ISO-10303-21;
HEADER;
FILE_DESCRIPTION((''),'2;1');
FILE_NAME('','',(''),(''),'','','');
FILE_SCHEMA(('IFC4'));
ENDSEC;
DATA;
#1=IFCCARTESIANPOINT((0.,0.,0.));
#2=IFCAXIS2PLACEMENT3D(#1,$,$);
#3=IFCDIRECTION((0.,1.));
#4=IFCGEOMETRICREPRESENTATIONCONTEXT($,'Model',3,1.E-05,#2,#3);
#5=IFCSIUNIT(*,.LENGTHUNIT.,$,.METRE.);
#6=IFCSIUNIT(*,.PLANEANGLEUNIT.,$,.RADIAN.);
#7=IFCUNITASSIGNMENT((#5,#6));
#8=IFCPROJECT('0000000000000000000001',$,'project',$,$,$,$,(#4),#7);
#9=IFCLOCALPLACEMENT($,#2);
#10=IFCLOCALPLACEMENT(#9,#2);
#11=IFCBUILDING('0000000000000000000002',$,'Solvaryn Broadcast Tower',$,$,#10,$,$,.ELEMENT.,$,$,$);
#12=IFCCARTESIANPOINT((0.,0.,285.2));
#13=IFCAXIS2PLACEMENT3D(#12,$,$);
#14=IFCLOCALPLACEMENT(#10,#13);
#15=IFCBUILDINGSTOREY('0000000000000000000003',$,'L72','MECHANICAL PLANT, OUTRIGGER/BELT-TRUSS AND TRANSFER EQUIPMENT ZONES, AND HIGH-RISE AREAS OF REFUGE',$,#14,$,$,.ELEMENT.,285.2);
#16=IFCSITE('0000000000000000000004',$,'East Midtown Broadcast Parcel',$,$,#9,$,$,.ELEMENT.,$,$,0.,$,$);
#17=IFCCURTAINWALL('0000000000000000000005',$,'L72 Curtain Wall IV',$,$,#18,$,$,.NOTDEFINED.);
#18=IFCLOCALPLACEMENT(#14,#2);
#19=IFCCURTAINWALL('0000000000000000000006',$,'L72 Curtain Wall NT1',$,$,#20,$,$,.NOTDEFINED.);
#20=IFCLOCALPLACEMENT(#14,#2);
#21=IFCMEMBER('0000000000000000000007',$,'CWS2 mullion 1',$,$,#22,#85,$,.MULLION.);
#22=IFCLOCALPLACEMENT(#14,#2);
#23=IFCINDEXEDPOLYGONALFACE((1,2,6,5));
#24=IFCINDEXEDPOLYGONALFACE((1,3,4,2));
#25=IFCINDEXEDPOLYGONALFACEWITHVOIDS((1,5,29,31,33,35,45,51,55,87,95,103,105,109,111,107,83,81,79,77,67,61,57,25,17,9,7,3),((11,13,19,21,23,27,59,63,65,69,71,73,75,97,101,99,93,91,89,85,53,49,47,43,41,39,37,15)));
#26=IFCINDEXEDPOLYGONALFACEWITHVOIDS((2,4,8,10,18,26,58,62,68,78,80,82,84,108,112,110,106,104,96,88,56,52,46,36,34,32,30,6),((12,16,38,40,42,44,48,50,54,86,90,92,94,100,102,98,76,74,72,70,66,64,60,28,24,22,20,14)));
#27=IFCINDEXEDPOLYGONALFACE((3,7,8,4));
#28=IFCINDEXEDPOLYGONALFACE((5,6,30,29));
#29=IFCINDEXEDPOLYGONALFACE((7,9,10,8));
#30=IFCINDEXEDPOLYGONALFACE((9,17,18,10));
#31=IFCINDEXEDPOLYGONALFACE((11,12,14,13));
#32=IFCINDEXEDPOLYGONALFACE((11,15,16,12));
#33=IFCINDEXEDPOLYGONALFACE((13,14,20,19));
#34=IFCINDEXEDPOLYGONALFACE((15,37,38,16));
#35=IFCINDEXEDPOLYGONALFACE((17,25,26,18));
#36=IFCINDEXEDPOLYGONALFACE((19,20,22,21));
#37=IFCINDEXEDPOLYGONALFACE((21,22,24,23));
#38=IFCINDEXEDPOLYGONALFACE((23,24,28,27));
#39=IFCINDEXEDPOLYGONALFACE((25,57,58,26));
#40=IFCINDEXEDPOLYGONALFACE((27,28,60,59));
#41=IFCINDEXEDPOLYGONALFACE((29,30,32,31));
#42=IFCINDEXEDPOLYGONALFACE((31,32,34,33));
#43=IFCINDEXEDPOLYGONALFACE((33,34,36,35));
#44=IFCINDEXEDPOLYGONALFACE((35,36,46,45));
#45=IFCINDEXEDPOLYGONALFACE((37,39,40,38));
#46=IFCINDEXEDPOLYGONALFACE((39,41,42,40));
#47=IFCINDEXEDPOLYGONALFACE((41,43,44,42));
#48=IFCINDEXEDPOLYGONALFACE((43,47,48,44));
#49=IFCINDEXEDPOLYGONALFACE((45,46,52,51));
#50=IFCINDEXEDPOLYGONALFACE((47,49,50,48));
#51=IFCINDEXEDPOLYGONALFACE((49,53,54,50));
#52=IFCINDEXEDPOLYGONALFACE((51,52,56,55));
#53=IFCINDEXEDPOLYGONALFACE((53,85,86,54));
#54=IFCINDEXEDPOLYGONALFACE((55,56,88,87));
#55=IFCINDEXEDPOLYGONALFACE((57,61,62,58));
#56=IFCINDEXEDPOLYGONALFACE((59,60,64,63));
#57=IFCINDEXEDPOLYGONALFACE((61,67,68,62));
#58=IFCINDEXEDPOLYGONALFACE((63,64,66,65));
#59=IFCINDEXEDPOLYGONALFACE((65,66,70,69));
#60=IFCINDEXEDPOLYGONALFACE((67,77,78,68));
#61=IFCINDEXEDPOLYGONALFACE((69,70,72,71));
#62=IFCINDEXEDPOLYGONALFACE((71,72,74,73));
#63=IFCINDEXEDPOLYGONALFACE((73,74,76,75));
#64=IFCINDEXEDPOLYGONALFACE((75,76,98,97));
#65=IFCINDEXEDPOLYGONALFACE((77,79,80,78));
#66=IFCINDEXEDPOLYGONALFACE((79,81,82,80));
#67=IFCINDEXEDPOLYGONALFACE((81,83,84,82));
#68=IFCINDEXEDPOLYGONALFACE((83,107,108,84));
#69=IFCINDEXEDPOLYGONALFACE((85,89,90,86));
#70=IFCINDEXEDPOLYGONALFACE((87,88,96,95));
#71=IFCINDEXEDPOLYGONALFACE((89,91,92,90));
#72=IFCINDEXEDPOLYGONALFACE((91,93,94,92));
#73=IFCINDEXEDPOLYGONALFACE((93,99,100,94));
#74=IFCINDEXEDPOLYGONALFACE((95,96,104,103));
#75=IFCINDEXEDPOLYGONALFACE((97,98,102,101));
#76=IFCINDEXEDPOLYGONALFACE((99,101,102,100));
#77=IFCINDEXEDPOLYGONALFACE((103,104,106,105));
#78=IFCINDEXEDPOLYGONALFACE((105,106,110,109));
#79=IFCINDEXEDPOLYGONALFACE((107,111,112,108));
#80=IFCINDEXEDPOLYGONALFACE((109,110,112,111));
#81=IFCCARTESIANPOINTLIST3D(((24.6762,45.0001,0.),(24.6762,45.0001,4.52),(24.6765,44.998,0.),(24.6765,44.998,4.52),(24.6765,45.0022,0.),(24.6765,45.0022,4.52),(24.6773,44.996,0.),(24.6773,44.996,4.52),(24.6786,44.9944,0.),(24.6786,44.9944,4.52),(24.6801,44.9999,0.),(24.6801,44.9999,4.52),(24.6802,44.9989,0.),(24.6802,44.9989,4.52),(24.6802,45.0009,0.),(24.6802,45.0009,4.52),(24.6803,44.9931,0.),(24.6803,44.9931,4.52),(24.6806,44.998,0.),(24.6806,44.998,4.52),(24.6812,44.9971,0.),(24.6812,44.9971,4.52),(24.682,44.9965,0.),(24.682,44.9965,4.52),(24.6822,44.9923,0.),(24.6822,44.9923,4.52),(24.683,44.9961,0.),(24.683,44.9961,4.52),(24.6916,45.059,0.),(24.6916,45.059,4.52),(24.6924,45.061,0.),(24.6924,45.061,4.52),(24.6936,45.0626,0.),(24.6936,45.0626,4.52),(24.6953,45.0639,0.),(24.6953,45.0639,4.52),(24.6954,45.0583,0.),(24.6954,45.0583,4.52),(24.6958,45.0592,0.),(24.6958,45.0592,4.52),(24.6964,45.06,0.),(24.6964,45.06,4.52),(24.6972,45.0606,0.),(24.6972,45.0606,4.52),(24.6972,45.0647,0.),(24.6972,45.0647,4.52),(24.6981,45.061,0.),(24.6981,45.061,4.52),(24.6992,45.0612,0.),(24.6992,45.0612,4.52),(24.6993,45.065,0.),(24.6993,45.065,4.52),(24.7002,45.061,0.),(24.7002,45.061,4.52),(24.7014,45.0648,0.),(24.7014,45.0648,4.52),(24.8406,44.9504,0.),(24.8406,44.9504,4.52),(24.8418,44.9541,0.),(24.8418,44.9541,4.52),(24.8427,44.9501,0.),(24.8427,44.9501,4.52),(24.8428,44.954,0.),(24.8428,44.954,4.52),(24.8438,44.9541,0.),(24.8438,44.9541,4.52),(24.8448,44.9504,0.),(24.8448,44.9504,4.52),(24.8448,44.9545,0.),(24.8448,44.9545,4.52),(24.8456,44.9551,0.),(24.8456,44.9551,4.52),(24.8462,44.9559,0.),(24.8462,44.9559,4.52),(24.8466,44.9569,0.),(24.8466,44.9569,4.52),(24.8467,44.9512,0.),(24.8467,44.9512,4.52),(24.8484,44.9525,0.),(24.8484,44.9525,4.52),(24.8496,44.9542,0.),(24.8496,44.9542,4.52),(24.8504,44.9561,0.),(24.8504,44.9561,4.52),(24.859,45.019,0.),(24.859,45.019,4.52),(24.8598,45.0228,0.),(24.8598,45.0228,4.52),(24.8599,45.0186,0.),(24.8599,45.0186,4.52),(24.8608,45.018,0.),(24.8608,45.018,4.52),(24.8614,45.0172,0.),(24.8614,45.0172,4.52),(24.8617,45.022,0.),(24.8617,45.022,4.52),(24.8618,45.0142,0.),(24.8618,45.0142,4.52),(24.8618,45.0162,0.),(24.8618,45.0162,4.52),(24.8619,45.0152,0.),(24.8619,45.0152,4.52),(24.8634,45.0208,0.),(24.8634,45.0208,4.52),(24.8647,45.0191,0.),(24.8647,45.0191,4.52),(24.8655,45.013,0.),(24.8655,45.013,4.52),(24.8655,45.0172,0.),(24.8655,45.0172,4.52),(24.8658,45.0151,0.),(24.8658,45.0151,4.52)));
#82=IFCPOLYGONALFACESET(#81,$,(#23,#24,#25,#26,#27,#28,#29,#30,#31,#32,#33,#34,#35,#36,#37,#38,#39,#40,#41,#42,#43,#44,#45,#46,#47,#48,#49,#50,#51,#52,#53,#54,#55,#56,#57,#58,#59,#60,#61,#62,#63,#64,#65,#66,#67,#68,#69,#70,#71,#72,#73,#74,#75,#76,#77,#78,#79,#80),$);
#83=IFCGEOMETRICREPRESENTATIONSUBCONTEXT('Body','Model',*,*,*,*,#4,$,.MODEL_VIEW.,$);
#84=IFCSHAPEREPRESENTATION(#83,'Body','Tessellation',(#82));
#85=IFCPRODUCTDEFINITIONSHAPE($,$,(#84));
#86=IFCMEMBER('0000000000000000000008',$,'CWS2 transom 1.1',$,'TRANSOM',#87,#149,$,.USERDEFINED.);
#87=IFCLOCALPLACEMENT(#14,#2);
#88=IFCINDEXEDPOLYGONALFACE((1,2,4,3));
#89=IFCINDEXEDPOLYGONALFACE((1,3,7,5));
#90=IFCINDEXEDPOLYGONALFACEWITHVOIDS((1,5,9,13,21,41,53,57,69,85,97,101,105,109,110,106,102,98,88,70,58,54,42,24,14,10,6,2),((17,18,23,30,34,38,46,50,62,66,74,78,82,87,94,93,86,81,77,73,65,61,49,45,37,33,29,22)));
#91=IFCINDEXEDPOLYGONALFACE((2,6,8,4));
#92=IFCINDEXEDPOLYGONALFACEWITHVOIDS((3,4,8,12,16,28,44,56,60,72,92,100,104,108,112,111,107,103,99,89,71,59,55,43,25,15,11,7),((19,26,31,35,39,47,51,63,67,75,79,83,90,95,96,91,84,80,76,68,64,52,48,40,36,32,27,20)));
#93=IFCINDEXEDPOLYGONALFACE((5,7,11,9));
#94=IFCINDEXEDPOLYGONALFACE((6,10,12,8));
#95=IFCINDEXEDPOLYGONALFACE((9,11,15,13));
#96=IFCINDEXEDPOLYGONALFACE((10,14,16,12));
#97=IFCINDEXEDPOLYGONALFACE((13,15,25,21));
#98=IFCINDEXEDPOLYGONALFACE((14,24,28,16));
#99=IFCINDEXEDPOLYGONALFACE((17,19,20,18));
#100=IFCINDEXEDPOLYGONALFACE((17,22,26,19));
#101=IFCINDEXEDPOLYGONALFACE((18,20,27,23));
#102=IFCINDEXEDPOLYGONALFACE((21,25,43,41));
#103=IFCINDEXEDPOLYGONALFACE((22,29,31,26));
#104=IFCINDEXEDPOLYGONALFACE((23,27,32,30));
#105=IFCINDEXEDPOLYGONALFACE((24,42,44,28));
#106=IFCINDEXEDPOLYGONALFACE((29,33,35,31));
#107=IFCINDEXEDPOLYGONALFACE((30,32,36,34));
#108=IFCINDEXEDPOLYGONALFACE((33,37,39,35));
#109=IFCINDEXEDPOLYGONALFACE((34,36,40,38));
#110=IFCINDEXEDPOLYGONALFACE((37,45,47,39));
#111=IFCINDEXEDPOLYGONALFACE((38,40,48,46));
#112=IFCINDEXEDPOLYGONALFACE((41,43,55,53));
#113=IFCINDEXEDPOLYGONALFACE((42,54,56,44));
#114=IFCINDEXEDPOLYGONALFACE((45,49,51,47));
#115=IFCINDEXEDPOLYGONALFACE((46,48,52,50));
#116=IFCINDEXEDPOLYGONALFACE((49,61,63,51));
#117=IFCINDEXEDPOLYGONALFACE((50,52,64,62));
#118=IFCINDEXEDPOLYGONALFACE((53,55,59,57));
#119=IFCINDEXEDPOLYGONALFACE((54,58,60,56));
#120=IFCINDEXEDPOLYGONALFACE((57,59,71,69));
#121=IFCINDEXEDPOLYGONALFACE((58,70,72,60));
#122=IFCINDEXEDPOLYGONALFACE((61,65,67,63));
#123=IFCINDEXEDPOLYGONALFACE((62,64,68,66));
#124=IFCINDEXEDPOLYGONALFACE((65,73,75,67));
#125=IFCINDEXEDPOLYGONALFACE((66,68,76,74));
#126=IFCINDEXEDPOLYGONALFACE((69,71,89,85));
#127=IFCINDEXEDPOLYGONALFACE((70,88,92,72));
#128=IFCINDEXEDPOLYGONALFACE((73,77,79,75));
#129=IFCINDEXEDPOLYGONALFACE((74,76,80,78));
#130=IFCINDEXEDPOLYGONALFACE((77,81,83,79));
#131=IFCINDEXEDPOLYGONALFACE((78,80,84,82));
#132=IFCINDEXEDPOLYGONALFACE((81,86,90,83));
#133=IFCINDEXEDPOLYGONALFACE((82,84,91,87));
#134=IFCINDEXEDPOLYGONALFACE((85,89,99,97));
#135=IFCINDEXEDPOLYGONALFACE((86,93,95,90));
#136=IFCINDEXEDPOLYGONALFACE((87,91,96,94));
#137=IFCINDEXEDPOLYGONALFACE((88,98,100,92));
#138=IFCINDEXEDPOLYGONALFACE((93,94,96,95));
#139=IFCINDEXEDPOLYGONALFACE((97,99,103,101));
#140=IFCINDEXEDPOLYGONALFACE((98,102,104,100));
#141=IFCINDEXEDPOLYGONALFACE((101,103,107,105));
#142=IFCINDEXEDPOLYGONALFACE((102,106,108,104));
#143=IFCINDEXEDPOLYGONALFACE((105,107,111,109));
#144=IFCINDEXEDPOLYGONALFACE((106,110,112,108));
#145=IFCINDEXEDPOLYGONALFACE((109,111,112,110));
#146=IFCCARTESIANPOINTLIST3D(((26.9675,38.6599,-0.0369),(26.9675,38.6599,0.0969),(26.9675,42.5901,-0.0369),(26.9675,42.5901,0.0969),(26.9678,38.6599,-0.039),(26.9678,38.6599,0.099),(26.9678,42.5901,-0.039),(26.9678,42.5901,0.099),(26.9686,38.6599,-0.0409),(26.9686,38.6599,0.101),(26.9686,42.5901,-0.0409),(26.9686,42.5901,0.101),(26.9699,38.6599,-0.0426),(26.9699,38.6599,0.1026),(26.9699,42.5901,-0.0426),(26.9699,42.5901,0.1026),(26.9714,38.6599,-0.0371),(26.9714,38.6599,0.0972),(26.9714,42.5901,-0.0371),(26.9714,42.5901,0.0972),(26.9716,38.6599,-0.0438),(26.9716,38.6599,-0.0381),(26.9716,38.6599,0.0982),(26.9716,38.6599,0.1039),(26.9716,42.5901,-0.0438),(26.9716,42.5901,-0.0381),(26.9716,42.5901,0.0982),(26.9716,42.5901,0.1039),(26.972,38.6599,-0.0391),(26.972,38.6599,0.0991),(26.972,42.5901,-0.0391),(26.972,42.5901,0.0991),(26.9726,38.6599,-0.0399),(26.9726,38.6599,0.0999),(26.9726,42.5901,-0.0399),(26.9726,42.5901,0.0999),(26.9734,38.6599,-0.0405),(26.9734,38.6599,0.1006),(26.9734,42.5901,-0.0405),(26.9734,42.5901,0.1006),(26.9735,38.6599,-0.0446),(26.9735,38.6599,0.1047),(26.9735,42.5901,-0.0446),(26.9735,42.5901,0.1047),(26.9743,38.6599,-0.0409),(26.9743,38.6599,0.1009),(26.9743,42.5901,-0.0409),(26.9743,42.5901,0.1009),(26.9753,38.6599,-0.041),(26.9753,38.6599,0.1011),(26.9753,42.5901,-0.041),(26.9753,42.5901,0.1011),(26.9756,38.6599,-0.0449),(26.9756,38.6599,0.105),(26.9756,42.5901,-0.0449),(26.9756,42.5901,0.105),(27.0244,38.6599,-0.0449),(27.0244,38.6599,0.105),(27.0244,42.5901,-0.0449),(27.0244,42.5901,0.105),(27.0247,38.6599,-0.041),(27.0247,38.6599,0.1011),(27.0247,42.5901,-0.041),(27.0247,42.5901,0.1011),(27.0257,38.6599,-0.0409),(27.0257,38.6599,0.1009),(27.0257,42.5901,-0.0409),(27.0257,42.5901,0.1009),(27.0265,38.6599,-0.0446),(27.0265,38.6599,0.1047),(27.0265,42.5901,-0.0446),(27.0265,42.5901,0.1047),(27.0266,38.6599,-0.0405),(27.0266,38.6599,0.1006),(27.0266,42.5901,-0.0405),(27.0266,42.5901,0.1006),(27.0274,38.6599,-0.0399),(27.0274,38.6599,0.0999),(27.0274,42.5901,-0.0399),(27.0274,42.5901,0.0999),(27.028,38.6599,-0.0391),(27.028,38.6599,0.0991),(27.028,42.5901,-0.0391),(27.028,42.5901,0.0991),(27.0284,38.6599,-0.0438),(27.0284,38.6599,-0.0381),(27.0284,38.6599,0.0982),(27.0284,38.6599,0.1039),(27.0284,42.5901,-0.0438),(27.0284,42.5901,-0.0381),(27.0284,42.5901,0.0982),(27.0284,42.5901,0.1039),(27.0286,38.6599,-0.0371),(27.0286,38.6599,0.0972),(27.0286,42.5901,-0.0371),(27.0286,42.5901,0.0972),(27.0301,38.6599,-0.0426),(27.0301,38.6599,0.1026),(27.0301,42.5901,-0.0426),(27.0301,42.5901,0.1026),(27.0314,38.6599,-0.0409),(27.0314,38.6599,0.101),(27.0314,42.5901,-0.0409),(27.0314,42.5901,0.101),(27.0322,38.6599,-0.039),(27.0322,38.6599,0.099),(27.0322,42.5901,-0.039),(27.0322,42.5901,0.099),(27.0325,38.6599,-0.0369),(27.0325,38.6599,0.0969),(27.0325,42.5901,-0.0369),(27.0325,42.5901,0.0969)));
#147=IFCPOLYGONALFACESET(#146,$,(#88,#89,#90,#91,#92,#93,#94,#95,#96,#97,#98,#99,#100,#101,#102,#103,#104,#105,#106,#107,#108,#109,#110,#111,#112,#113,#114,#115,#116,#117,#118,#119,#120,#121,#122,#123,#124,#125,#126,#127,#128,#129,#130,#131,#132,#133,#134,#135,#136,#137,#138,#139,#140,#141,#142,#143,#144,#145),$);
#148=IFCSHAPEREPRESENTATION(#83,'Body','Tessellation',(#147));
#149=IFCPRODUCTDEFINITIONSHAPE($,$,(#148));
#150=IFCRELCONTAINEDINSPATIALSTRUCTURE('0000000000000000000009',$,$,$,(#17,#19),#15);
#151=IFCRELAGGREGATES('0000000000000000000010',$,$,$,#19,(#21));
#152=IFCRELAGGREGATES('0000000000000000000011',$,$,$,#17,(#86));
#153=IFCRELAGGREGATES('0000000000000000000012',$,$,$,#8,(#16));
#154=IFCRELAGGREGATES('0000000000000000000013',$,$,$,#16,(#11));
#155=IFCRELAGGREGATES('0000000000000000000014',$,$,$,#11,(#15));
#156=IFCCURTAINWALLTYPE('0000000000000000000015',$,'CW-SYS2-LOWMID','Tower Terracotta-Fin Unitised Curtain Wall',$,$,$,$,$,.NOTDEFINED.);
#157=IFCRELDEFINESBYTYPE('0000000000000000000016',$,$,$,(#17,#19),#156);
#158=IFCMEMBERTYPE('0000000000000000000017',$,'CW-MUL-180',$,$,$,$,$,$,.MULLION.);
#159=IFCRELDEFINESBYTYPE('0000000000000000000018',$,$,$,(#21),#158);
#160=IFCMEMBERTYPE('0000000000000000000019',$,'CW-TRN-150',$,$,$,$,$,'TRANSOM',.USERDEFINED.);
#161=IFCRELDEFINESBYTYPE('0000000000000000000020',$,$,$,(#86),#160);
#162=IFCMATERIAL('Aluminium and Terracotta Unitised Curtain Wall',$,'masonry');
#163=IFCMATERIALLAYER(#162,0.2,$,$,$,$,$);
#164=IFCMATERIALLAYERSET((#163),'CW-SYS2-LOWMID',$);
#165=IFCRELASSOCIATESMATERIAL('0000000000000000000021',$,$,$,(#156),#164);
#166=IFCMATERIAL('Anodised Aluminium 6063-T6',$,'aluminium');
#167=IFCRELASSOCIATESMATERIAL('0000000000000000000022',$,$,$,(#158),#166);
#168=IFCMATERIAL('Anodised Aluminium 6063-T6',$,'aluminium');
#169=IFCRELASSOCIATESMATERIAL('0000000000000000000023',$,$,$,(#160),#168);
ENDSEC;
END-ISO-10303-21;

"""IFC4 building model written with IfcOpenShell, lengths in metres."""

from ifc_helpers import new_model, si_unit, direction, frame, origin, origin_2d, place, context, subcontext, project, spatial, hollow_rectangle, extrude, material, layer, layer_set, material_profile, profile_set, type_object, element, aggregate, save


model = new_model("IFC4")

# Units and contexts
model_context = context("Model", 3, precision=1e-05, world=origin(), true_north=direction((0.0, 1.0)))
body_context = subcontext(model_context, "Body", "Model", "MODEL_VIEW")
ifc_project = project(units=[si_unit("LENGTHUNIT", "METRE"), si_unit("PLANEANGLEUNIT", "RADIAN")], contexts=[model_context])

# Site, building, storey
site_placement = place(None, origin())
site = spatial("IfcSite", under=ifc_project, at=site_placement, Name="East Midtown Broadcast Parcel", CompositionType="ELEMENT", RefElevation=0.0)
building_placement = place(site_placement, origin())
building = spatial("IfcBuilding", under=site, at=building_placement, Name="Solvaryn Broadcast Tower", CompositionType="ELEMENT")
storey_placement = place(building_placement, frame((0.0, 0.0, 285.2)))
storey = spatial("IfcBuildingStorey", under=building, at=storey_placement, Name="L72", Description="MECHANICAL PLANT, OUTRIGGER/BELT-TRUSS AND TRANSFER EQUIPMENT ZONES, AND HIGH-RISE AREAS OF REFUGE", CompositionType="ELEMENT", Elevation=285.2)

# Curtain walls, member
ifc_material_1 = material(Name="Aluminium and Terracotta Unitised Curtain Wall", Category="masonry")
ifc_layer_1 = layer(ifc_material_1, 0.2)
ifc_layer_set_1 = layer_set([ifc_layer_1], Name="CW-SYS2-LOWMID")
curtain_wall_type = type_object("IfcCurtainWallType", Name="CW-SYS2-LOWMID", Description="Tower Terracotta-Fin Unitised Curtain Wall", PredefinedType="NOTDEFINED", material=ifc_layer_set_1)
curtain_wall_1_placement = place(storey_placement, origin())
curtain_wall_1 = element("IfcCurtainWall", 1, at=curtain_wall_1_placement, inside=storey, type_object=curtain_wall_type, Name="L72 Curtain Wall IV", PredefinedType="NOTDEFINED")
ifc_material_2 = material(Name="Anodised Aluminium 6063-T6", Category="aluminium")
ifc_material_profile_1 = material_profile(ifc_material_2, hollow_rectangle(XDim=0.075, YDim=0.1799, WallThickness=0.0039, InnerFilletRadius=0.0039, OuterFilletRadius=0.0081, at=origin_2d()))
ifc_profile_set_1 = profile_set([ifc_material_profile_1], Name="Anodised Aluminium 6063-T6")
member_type_1 = type_object("IfcMemberType", Name="CW-MUL-180", PredefinedType="MULLION", material=ifc_profile_set_1)
curtain_wall_2_placement = place(storey_placement, origin())
curtain_wall_2 = element("IfcCurtainWall", 2, at=curtain_wall_2_placement, inside=storey, type_object=curtain_wall_type, Name="L72 Curtain Wall NT1", PredefinedType="NOTDEFINED")
member_1_placement = place(storey_placement, frame((24.771, 45.0076, 0.0), z_axis=(0.0, 0.0, 1.0), x_axis=(-0.255893, -0.966705, 0.0)))
member_1 = element("IfcMember", 3, at=member_1_placement, type_object=member_type_1, Name="CWS2 mullion 1", PredefinedType="MULLION", context=body_context, shape_type="SweptSolid", body=[
    extrude(hollow_rectangle(XDim=0.075, YDim=0.1799, WallThickness=0.0039, InnerFilletRadius=0.0039, OuterFilletRadius=0.0081, at=origin_2d()), origin(), (0.0, 0.0, 1.0), 4.52),
])

# Member
ifc_material_3 = material(Name="Anodised Aluminium 6063-T6", Category="aluminium")
ifc_material_profile_2 = material_profile(ifc_material_3, hollow_rectangle(XDim=0.0649, YDim=0.1499, WallThickness=0.0039, InnerFilletRadius=0.0039, OuterFilletRadius=0.0081, at=origin_2d()))
ifc_profile_set_2 = profile_set([ifc_material_profile_2], Name="Anodised Aluminium 6063-T6")
member_type_2 = type_object("IfcMemberType", Name="CW-TRN-150", ElementType="TRANSOM", PredefinedType="USERDEFINED", material=ifc_profile_set_2)
member_2_placement = place(storey_placement, frame((27.0, 42.5901, 0.03), z_axis=(0.0, -1.0, 0.0), x_axis=(1.0, 0.0, 0.0)))
member_2 = element("IfcMember", 4, at=member_2_placement, type_object=member_type_2, Name="CWS2 transom 1.1", ObjectType="TRANSOM", PredefinedType="USERDEFINED", context=body_context, shape_type="SweptSolid", body=[
    extrude(hollow_rectangle(XDim=0.0649, YDim=0.1499, WallThickness=0.0039, InnerFilletRadius=0.0039, OuterFilletRadius=0.0081, at=origin_2d()), origin(), (0.0, 0.0, 1.0), 3.9302),
])
aggregate(curtain_wall_2, [member_1])

aggregate(curtain_wall_1, [member_2])

save(model, "model.ifc")
